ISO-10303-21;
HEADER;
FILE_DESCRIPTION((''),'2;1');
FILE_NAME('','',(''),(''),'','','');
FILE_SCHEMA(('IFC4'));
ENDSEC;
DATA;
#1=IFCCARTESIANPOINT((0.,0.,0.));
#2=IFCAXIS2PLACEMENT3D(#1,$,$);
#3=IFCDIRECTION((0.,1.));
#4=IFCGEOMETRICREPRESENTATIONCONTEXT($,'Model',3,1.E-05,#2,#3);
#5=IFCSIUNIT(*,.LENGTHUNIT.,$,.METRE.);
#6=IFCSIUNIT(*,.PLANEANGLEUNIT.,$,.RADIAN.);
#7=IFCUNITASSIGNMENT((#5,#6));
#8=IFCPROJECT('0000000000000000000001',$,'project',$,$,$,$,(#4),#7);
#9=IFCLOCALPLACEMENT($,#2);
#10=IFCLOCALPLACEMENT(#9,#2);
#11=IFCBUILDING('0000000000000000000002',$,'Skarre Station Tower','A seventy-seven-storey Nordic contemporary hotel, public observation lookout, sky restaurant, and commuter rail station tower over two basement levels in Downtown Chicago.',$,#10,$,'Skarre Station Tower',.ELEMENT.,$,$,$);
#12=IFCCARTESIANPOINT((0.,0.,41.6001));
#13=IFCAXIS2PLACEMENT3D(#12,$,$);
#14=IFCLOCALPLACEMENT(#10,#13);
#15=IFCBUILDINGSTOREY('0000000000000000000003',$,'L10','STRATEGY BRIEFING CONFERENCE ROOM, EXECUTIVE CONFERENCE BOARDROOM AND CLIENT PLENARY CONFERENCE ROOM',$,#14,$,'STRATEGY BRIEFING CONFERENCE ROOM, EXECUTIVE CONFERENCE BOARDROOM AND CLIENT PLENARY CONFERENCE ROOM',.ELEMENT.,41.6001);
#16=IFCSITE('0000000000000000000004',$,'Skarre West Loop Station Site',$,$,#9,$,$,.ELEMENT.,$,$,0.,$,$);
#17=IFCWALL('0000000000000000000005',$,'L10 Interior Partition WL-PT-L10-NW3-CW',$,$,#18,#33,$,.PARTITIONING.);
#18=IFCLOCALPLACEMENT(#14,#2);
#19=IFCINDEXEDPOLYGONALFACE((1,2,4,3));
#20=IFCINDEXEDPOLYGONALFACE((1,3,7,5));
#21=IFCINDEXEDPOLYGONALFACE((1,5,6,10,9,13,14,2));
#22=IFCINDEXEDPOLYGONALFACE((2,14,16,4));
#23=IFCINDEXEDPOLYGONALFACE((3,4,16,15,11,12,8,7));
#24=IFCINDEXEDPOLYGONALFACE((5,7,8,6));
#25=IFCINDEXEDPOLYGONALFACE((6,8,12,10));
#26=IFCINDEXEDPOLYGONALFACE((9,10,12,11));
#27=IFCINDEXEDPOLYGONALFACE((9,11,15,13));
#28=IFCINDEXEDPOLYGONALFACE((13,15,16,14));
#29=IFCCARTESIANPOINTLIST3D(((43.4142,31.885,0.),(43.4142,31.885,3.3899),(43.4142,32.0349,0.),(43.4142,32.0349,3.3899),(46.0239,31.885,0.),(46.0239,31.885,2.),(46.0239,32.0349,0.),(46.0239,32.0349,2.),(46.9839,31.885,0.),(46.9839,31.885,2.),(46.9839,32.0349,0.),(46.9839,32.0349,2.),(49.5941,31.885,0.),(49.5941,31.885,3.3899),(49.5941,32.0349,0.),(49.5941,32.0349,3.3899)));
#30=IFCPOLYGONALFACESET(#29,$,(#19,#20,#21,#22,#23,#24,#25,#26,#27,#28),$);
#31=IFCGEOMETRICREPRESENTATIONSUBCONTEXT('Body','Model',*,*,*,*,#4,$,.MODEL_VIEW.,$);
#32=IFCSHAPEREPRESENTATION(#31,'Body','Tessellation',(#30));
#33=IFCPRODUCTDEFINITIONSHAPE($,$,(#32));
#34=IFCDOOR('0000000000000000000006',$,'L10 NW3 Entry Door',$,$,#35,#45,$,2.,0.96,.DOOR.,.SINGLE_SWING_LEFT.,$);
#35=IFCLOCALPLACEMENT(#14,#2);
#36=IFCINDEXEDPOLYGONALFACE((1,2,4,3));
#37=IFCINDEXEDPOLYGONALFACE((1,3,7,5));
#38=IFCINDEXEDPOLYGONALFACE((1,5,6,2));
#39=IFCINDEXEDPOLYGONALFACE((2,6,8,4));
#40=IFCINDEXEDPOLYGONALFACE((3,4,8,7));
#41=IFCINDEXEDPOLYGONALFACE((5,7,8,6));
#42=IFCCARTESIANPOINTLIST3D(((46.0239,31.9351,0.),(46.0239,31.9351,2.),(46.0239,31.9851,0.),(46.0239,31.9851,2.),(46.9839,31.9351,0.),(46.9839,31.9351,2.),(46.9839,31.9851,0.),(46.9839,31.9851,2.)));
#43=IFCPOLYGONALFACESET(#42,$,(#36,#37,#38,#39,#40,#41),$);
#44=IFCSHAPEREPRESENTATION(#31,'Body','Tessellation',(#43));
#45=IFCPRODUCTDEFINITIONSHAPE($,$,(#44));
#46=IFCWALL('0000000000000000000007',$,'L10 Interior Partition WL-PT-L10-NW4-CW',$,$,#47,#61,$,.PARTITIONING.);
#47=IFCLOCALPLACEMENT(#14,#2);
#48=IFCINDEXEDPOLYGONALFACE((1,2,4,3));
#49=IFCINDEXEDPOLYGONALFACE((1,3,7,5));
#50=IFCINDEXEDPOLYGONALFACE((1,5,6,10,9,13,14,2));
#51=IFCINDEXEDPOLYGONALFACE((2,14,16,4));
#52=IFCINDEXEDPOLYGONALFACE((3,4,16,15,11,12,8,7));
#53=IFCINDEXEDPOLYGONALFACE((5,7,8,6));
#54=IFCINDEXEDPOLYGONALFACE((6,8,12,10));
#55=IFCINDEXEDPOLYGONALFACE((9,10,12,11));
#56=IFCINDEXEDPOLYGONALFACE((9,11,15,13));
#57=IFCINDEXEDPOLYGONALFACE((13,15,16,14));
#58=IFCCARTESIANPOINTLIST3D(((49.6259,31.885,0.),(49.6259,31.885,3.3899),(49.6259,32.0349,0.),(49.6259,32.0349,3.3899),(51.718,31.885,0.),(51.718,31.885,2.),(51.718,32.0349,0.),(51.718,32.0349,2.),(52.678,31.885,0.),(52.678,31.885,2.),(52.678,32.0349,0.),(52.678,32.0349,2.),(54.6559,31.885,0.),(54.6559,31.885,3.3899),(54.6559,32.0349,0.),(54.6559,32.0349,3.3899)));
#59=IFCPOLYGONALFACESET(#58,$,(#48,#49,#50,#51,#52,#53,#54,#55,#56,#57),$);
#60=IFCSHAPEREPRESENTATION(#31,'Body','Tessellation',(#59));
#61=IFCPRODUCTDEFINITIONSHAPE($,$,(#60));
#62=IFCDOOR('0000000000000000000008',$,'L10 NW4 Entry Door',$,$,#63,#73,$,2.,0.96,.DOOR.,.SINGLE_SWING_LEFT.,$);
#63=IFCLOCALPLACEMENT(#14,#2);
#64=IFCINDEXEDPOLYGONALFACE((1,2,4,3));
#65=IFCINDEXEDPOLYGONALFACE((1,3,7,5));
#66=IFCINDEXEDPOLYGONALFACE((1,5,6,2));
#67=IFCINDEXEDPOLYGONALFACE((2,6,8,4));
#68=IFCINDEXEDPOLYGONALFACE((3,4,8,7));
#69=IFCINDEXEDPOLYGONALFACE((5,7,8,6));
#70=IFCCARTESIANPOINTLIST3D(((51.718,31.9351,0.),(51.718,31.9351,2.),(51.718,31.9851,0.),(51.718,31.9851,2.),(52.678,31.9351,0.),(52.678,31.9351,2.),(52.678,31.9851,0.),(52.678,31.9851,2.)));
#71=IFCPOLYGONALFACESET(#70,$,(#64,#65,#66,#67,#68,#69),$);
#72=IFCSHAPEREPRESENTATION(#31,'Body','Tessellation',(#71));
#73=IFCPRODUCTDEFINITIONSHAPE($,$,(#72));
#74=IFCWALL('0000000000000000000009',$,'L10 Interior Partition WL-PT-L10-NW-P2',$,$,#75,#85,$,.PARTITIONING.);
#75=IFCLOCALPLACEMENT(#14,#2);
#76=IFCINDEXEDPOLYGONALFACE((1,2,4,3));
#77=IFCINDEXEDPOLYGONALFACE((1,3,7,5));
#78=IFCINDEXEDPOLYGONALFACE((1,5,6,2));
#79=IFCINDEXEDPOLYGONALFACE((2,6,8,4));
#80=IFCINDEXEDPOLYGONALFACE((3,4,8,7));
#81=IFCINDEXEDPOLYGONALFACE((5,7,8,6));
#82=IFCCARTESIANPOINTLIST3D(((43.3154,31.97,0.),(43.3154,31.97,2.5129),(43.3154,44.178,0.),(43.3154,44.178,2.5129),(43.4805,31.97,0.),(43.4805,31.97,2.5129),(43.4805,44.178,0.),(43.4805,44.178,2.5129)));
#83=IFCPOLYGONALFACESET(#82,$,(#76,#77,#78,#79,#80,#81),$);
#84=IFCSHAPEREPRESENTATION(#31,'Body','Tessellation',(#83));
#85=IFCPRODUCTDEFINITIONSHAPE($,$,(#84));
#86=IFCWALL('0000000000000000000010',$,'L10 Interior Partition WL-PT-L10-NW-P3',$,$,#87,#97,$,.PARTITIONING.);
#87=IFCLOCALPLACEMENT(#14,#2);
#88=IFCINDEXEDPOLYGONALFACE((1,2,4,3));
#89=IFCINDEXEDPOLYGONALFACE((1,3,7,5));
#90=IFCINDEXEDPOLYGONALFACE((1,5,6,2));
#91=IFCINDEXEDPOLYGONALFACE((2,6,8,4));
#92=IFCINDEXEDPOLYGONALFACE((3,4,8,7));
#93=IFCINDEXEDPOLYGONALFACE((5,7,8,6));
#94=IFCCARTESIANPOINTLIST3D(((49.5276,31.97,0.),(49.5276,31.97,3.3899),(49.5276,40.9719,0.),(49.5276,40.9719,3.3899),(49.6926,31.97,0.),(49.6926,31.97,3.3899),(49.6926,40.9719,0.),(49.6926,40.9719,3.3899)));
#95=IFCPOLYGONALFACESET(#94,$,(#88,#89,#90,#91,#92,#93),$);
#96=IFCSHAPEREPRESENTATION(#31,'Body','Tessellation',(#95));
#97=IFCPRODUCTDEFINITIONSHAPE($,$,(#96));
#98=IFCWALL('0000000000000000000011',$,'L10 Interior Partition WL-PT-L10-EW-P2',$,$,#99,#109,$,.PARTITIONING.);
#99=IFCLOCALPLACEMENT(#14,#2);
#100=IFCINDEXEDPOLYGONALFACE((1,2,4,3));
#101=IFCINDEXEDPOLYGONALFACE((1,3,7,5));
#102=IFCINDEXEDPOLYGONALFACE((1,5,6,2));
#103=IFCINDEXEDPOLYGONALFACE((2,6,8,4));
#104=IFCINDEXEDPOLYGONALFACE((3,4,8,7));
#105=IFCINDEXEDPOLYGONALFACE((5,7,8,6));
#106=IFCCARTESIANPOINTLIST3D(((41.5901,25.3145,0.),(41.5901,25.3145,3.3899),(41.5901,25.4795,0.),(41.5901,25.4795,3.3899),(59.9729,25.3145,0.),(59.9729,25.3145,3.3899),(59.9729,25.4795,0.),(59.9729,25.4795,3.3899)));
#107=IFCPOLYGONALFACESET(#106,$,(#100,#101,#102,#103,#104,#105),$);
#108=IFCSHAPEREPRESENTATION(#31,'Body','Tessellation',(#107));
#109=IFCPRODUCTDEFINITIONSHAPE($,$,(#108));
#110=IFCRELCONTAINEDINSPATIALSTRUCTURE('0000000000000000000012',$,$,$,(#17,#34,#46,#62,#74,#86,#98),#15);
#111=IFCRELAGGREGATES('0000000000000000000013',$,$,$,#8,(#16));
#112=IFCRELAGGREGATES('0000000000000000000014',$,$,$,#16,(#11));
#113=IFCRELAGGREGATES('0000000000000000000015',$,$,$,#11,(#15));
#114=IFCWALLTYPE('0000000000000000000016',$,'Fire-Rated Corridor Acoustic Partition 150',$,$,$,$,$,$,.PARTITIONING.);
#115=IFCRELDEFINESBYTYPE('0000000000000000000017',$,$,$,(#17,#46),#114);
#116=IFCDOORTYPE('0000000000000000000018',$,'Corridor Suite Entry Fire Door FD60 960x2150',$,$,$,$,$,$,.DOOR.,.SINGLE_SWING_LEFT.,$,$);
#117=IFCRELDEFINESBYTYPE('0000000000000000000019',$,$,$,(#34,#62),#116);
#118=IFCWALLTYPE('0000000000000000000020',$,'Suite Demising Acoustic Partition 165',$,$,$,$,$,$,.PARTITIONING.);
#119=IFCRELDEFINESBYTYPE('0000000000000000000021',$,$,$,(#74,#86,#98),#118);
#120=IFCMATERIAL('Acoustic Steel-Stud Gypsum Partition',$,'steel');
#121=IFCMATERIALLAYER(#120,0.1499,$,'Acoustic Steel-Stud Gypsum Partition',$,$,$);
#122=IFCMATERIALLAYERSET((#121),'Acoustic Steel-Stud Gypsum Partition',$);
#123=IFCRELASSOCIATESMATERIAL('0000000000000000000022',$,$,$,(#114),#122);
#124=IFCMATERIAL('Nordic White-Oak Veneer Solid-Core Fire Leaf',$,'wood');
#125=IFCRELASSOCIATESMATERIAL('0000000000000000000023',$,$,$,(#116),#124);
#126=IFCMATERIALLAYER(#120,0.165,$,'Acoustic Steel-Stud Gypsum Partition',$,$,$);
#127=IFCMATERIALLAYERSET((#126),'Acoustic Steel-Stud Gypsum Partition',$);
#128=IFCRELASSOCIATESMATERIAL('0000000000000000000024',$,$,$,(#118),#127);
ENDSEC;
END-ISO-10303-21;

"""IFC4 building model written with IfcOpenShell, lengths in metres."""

from ifc_helpers import new_model, si_unit, direction, frame, frame_2d, origin, place, context, subcontext, project, spatial, rectangle, extrude, material, layer, layer_set, type_object, element, fill, save


model = new_model("IFC4")

# Units and contexts
model_context = context("Model", 3, precision=1e-05, world=origin(), true_north=direction((0.0, 1.0)))
body_context = subcontext(model_context, "Body", "Model", "MODEL_VIEW")
ifc_project = project(units=[si_unit("LENGTHUNIT", "METRE"), si_unit("PLANEANGLEUNIT", "RADIAN")], contexts=[model_context])

# Site, building, storey
site_placement = place(None, origin())
site = spatial("IfcSite", under=ifc_project, at=site_placement, Name="Skarre West Loop Station Site", CompositionType="ELEMENT", RefElevation=0.0)
building_placement = place(site_placement, origin())
building = spatial("IfcBuilding", under=site, at=building_placement, Name="Skarre Station Tower", Description="A seventy-seven-storey Nordic contemporary hotel, public observation lookout, sky restaurant, and commuter rail station tower over two basement levels in Downtown Chicago.", LongName="Skarre Station Tower", CompositionType="ELEMENT")
storey_placement = place(building_placement, frame((0.0, 0.0, 41.6001)))
storey = spatial("IfcBuildingStorey", under=building, at=storey_placement, Name="L10", Description="STRATEGY BRIEFING CONFERENCE ROOM, EXECUTIVE CONFERENCE BOARDROOM AND CLIENT PLENARY CONFERENCE ROOM", LongName="STRATEGY BRIEFING CONFERENCE ROOM, EXECUTIVE CONFERENCE BOARDROOM AND CLIENT PLENARY CONFERENCE ROOM", CompositionType="ELEMENT", Elevation=41.6001)

# Walls, openings, doors
ifc_material_1 = material(Name="Acoustic Steel-Stud Gypsum Partition", Category="steel")
ifc_layer_1 = layer(ifc_material_1, 0.1499, Name="Acoustic Steel-Stud Gypsum Partition")
ifc_layer_set_1 = layer_set([ifc_layer_1], Name="Acoustic Steel-Stud Gypsum Partition")
wall_type_1 = type_object("IfcWallType", Name="Fire-Rated Corridor Acoustic Partition 150", PredefinedType="PARTITIONING", material=ifc_layer_set_1)
ifc_material_2 = material(Name="Nordic White-Oak Veneer Solid-Core Fire Leaf", Category="wood")
door_type = type_object("IfcDoorType", Name="Corridor Suite Entry Fire Door FD60 960x2150", OperationType="SINGLE_SWING_LEFT", PredefinedType="DOOR", material=ifc_material_2)
wall_1_placement = place(storey_placement, frame((49.594, 31.96, 0.0), z_axis=(0.0, 0.0, 1.0), x_axis=(-1.0, 0.0, 0.0)))
wall_1 = element("IfcWall", 1, at=wall_1_placement, inside=storey, type_object=wall_type_1, Name="L10 Interior Partition WL-PT-L10-NW3-CW", PredefinedType="PARTITIONING", context=body_context, shape_type="SweptSolid", body=[
    extrude(rectangle(XDim=6.1799, YDim=0.1499, at=frame_2d((3.0898, 0.0))), origin(), (0.0, 0.0, 1.0), 3.3899),
])
opening_1_placement = place(wall_1_placement, frame((2.6101, 0.0, 0.0)))
opening_1 = element("IfcOpeningElement", 2, at=opening_1_placement, cuts=wall_1, PredefinedType="OPENING", context=body_context, shape_type="SweptSolid", body=[
    extrude(rectangle(XDim=0.96, YDim=2.0, at=frame_2d((0.48, 1.0))), frame((0.0, 0.085, 0.0), z_axis=(0.0, -1.0, 0.0), x_axis=(1.0, 0.0, 0.0)), (0.0, 0.0, 1.0), 0.1699),
])
door_1_placement = place(opening_1_placement, origin())
door_1 = element("IfcDoor", 3, at=door_1_placement, inside=storey, type_object=door_type, Name="L10 NW3 Entry Door", OperationType="SINGLE_SWING_LEFT", OverallHeight=2.0, OverallWidth=0.96, PredefinedType="DOOR", context=body_context, shape_type="SweptSolid", body=[
    extrude(rectangle(XDim=0.96, YDim=2.0, at=frame_2d((0.48, 1.0))), frame((0.0, 0.0249, 0.0), z_axis=(0.0, -1.0, 0.0), x_axis=(1.0, 0.0, 0.0)), (0.0, 0.0, 1.0), 0.05),
])
fill(opening_1, door_1)
wall_2_placement = place(storey_placement, frame((54.656, 31.96, 0.0), z_axis=(0.0, 0.0, 1.0), x_axis=(-1.0, 0.0, 0.0)))
wall_2 = element("IfcWall", 4, at=wall_2_placement, inside=storey, type_object=wall_type_1, Name="L10 Interior Partition WL-PT-L10-NW4-CW", PredefinedType="PARTITIONING", context=body_context, shape_type="SweptSolid", body=[
    extrude(rectangle(XDim=5.03, YDim=0.1499, at=frame_2d((2.5151, 0.0))), origin(), (0.0, 0.0, 1.0), 3.3899),
])
opening_2_placement = place(wall_2_placement, frame((1.978, 0.0, 0.0)))
opening_2 = element("IfcOpeningElement", 5, at=opening_2_placement, cuts=wall_2, PredefinedType="OPENING", context=body_context, shape_type="SweptSolid", body=[
    extrude(rectangle(XDim=0.96, YDim=2.0, at=frame_2d((0.48, 1.0))), frame((0.0, 0.085, 0.0), z_axis=(0.0, -1.0, 0.0), x_axis=(1.0, 0.0, 0.0)), (0.0, 0.0, 1.0), 0.1699),
])
door_2_placement = place(opening_2_placement, origin())
door_2 = element("IfcDoor", 6, at=door_2_placement, inside=storey, type_object=door_type, Name="L10 NW4 Entry Door", OperationType="SINGLE_SWING_LEFT", OverallHeight=2.0, OverallWidth=0.96, PredefinedType="DOOR", context=body_context, shape_type="SweptSolid", body=[
    extrude(rectangle(XDim=0.96, YDim=2.0, at=frame_2d((0.48, 1.0))), frame((0.0, 0.0249, 0.0), z_axis=(0.0, -1.0, 0.0), x_axis=(1.0, 0.0, 0.0)), (0.0, 0.0, 1.0), 0.05),
])
fill(opening_2, door_2)

# Walls
ifc_layer_2 = layer(ifc_material_1, 0.165, Name="Acoustic Steel-Stud Gypsum Partition")
ifc_layer_set_2 = layer_set([ifc_layer_2], Name="Acoustic Steel-Stud Gypsum Partition")
wall_type_2 = type_object("IfcWallType", Name="Suite Demising Acoustic Partition 165", PredefinedType="PARTITIONING", material=ifc_layer_set_2)
wall_3_placement = place(storey_placement, frame((43.3979, 31.97, 0.0), z_axis=(0.0, 0.0, 1.0), x_axis=(0.0, 1.0, 0.0)))
element("IfcWall", 7, at=wall_3_placement, inside=storey, type_object=wall_type_2, Name="L10 Interior Partition WL-PT-L10-NW-P2", PredefinedType="PARTITIONING", context=body_context, shape_type="SweptSolid", body=[
    extrude(rectangle(XDim=12.208, YDim=0.165, at=frame_2d((6.104, 0.0))), origin(), (0.0, 0.0, 1.0), 2.5129),
])
wall_4_placement = place(storey_placement, frame((49.6101, 31.97, 0.0), z_axis=(0.0, 0.0, 1.0), x_axis=(0.0, 1.0, 0.0)))
element("IfcWall", 8, at=wall_4_placement, inside=storey, type_object=wall_type_2, Name="L10 Interior Partition WL-PT-L10-NW-P3", PredefinedType="PARTITIONING", context=body_context, shape_type="SweptSolid", body=[
    extrude(rectangle(XDim=9.002, YDim=0.165, at=frame_2d((4.501, 0.0))), origin(), (0.0, 0.0, 1.0), 3.3899),
])
wall_5_placement = place(storey_placement, frame((41.5901, 25.397, 0.0), z_axis=(0.0, 0.0, 1.0), x_axis=(1.0, 0.0, 0.0)))
element("IfcWall", 9, at=wall_5_placement, inside=storey, type_object=wall_type_2, Name="L10 Interior Partition WL-PT-L10-EW-P2", PredefinedType="PARTITIONING", context=body_context, shape_type="SweptSolid", body=[
    extrude(rectangle(XDim=18.3828, YDim=0.165, at=frame_2d((9.1914, 0.0))), origin(), (0.0, 0.0, 1.0), 3.3899),
])

save(model, "model.ifc")
